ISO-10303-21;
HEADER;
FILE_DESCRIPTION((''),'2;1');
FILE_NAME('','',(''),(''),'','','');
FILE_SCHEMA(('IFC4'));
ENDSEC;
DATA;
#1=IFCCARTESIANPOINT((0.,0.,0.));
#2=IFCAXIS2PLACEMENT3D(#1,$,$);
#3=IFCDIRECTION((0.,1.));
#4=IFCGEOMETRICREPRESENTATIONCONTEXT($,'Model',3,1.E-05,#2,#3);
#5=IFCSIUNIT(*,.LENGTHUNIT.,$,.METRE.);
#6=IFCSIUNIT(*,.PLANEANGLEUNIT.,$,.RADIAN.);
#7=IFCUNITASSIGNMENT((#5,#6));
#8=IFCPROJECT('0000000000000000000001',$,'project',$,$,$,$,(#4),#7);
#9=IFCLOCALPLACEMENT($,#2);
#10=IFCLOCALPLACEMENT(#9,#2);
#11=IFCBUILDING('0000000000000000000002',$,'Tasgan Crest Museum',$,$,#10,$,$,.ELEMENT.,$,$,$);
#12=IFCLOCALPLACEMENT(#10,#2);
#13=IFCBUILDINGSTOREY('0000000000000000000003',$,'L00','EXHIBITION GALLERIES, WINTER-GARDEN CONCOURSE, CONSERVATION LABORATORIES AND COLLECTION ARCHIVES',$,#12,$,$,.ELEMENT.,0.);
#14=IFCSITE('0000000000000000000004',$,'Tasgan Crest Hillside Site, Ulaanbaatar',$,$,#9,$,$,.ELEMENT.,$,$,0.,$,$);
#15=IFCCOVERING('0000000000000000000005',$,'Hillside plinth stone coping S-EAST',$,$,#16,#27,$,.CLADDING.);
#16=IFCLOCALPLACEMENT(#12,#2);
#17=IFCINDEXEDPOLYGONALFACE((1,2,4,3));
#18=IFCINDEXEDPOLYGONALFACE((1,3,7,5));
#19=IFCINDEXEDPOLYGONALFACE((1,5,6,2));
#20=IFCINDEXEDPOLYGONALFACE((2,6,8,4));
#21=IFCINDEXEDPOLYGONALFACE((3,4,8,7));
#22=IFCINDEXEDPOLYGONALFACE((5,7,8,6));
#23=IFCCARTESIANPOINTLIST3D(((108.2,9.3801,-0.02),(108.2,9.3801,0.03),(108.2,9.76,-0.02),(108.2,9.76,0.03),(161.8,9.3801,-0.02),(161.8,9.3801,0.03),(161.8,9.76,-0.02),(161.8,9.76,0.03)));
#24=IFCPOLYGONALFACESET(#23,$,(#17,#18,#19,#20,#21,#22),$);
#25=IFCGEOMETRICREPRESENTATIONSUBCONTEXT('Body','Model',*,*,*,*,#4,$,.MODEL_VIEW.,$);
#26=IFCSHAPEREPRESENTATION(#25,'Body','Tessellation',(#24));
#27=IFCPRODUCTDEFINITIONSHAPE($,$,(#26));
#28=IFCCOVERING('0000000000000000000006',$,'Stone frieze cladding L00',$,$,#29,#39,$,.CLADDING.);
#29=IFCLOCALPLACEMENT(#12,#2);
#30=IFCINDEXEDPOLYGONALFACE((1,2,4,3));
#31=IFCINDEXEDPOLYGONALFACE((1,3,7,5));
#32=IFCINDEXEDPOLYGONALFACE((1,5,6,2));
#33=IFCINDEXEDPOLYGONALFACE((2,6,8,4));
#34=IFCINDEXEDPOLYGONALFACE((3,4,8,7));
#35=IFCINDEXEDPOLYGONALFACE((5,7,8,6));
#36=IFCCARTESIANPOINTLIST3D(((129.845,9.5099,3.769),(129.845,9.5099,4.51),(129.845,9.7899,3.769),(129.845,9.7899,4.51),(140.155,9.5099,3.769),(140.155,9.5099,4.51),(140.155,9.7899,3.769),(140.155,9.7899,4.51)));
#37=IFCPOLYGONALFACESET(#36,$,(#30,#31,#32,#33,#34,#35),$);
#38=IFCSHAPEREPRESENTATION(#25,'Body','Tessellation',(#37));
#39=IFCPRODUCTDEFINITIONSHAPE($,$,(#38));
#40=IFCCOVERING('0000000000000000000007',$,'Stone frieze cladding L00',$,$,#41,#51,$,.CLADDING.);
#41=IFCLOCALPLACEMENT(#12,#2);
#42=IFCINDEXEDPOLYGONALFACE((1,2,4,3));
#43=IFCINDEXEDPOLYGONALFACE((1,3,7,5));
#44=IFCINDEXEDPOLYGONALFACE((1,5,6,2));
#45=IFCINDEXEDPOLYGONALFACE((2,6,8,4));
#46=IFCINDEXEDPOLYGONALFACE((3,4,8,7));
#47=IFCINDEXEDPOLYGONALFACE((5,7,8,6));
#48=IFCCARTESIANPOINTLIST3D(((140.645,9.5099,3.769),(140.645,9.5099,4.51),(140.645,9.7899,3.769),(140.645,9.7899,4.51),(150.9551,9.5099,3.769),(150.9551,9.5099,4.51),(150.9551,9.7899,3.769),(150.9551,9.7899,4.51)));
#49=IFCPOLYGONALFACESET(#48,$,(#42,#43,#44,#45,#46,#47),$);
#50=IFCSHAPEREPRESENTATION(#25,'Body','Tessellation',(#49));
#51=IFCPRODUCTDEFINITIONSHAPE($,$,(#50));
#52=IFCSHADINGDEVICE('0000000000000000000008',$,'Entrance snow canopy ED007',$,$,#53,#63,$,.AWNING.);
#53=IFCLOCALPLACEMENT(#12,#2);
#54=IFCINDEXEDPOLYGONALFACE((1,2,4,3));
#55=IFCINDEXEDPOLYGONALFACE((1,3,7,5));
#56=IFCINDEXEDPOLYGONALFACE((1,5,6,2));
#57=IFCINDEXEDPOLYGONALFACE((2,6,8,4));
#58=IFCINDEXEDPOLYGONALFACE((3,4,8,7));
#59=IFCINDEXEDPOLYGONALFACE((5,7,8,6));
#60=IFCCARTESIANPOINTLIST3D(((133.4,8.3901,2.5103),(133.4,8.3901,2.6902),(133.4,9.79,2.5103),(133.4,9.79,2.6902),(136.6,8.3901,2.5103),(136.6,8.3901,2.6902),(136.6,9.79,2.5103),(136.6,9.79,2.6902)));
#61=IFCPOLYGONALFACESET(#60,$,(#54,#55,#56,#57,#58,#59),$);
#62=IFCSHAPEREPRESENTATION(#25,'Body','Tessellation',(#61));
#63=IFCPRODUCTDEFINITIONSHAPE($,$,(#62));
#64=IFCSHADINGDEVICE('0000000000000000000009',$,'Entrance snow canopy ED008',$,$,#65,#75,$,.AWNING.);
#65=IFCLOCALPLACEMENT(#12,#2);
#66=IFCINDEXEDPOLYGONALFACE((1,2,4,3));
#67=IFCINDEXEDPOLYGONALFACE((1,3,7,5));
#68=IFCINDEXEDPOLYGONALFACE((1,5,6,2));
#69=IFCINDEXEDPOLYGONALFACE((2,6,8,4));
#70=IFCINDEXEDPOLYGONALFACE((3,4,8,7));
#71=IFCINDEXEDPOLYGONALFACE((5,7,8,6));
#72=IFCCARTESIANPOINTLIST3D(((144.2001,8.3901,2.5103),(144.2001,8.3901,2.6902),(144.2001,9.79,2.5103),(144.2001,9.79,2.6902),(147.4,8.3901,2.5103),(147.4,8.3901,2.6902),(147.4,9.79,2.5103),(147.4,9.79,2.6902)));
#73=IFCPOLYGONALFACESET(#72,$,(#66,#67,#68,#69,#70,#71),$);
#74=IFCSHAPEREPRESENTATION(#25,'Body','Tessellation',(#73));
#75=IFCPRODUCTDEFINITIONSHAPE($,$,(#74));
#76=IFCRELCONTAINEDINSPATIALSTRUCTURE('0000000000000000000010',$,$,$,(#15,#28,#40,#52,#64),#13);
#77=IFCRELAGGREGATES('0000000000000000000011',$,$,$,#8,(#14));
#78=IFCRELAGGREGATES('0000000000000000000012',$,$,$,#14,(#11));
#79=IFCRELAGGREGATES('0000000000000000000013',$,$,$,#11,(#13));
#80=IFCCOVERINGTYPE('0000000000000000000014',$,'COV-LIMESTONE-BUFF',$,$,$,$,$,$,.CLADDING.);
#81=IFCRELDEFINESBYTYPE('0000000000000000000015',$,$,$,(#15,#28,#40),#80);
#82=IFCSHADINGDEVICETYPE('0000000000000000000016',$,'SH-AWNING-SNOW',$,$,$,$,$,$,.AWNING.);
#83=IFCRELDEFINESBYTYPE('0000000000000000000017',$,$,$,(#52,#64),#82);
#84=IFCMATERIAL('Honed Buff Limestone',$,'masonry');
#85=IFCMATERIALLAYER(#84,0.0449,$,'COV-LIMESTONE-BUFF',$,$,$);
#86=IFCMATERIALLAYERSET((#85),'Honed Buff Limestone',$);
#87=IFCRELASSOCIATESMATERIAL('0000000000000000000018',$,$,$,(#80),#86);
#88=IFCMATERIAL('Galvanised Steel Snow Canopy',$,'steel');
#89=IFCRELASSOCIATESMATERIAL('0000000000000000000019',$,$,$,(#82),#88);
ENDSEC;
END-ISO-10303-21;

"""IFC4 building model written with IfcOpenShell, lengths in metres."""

from ifc_helpers import new_model, si_unit, direction, frame, origin, origin_2d, place, context, subcontext, project, spatial, rectangle, extrude, material, layer, layer_set, type_object, element, save


model = new_model("IFC4")

# Units and contexts
model_context = context("Model", 3, precision=1e-05, world=origin(), true_north=direction((0.0, 1.0)))
body_context = subcontext(model_context, "Body", "Model", "MODEL_VIEW")
ifc_project = project(units=[si_unit("LENGTHUNIT", "METRE"), si_unit("PLANEANGLEUNIT", "RADIAN")], contexts=[model_context])

# Site, building, storey
site_placement = place(None, origin())
site = spatial("IfcSite", under=ifc_project, at=site_placement, Name="Tasgan Crest Hillside Site, Ulaanbaatar", CompositionType="ELEMENT", RefElevation=0.0)
building_placement = place(site_placement, origin())
building = spatial("IfcBuilding", under=site, at=building_placement, Name="Tasgan Crest Museum", CompositionType="ELEMENT")
storey_placement = place(building_placement, origin())
storey = spatial("IfcBuildingStorey", under=building, at=storey_placement, Name="L00", Description="EXHIBITION GALLERIES, WINTER-GARDEN CONCOURSE, CONSERVATION LABORATORIES AND COLLECTION ARCHIVES", CompositionType="ELEMENT", Elevation=0.0)

# Coverings
ifc_material_1 = material(Name="Honed Buff Limestone", Category="masonry")
ifc_layer_1 = layer(ifc_material_1, 0.0449, Name="COV-LIMESTONE-BUFF")
ifc_layer_set_1 = layer_set([ifc_layer_1], Name="Honed Buff Limestone")
covering_type = type_object("IfcCoveringType", Name="COV-LIMESTONE-BUFF", PredefinedType="CLADDING", material=ifc_layer_set_1)
covering_placement = place(storey_placement, frame((135.0, 9.5701, -0.02), z_axis=(0.0, 0.0, 1.0), x_axis=(1.0, 0.0, 0.0)))
element("IfcCovering", 1, at=covering_placement, inside=storey, type_object=covering_type, Name="Hillside plinth stone coping S-EAST", PredefinedType="CLADDING", context=body_context, shape_type="SweptSolid", body=[
    extrude(rectangle(XDim=53.6001, YDim=0.3799, at=origin_2d()), origin(), (0.0, 0.0, 1.0), 0.05),
])
for number, where, z_axis, x_axis, name in (
    (2, (135.0, 9.6499, 3.769), (0.0, 0.0, 1.0), (1.0, 0.0, 0.0), "Stone frieze cladding L00"),
    (3, (145.8, 9.6499, 3.769), (0.0, 0.0, 1.0), (1.0, 0.0, 0.0), "Stone frieze cladding L00"),
):
    element("IfcCovering", number, at=place(storey_placement, frame(where, z_axis=z_axis, x_axis=x_axis)), inside=storey, type_object=covering_type, Name=name, PredefinedType="CLADDING", context=body_context, shape_type="SweptSolid", body=[
        extrude(rectangle(XDim=10.3101, YDim=0.28, at=origin_2d()), origin(), (0.0, 0.0, 1.0), 0.741),
    ])

# Shading devices
ifc_material_2 = material(Name="Galvanised Steel Snow Canopy", Category="steel")
shading_device_type = type_object("IfcShadingDeviceType", Name="SH-AWNING-SNOW", PredefinedType="AWNING", material=ifc_material_2)
for number, where, z_axis, x_axis, name in (
    (4, (135.0, 9.0901, 2.5103), (0.0, 0.0, 1.0), (1.0, 0.0, 0.0), "Entrance snow canopy ED007"),
    (5, (145.8, 9.0901, 2.5103), (0.0, 0.0, 1.0), (1.0, 0.0, 0.0), "Entrance snow canopy ED008"),
):
    element("IfcShadingDevice", number, at=place(storey_placement, frame(where, z_axis=z_axis, x_axis=x_axis)), inside=storey, type_object=shading_device_type, Name=name, PredefinedType="AWNING", context=body_context, shape_type="SweptSolid", body=[
        extrude(rectangle(XDim=3.2, YDim=1.3999, at=origin_2d()), origin(), (0.0, 0.0, 1.0), 0.1799),
    ])

save(model, "model.ifc")
